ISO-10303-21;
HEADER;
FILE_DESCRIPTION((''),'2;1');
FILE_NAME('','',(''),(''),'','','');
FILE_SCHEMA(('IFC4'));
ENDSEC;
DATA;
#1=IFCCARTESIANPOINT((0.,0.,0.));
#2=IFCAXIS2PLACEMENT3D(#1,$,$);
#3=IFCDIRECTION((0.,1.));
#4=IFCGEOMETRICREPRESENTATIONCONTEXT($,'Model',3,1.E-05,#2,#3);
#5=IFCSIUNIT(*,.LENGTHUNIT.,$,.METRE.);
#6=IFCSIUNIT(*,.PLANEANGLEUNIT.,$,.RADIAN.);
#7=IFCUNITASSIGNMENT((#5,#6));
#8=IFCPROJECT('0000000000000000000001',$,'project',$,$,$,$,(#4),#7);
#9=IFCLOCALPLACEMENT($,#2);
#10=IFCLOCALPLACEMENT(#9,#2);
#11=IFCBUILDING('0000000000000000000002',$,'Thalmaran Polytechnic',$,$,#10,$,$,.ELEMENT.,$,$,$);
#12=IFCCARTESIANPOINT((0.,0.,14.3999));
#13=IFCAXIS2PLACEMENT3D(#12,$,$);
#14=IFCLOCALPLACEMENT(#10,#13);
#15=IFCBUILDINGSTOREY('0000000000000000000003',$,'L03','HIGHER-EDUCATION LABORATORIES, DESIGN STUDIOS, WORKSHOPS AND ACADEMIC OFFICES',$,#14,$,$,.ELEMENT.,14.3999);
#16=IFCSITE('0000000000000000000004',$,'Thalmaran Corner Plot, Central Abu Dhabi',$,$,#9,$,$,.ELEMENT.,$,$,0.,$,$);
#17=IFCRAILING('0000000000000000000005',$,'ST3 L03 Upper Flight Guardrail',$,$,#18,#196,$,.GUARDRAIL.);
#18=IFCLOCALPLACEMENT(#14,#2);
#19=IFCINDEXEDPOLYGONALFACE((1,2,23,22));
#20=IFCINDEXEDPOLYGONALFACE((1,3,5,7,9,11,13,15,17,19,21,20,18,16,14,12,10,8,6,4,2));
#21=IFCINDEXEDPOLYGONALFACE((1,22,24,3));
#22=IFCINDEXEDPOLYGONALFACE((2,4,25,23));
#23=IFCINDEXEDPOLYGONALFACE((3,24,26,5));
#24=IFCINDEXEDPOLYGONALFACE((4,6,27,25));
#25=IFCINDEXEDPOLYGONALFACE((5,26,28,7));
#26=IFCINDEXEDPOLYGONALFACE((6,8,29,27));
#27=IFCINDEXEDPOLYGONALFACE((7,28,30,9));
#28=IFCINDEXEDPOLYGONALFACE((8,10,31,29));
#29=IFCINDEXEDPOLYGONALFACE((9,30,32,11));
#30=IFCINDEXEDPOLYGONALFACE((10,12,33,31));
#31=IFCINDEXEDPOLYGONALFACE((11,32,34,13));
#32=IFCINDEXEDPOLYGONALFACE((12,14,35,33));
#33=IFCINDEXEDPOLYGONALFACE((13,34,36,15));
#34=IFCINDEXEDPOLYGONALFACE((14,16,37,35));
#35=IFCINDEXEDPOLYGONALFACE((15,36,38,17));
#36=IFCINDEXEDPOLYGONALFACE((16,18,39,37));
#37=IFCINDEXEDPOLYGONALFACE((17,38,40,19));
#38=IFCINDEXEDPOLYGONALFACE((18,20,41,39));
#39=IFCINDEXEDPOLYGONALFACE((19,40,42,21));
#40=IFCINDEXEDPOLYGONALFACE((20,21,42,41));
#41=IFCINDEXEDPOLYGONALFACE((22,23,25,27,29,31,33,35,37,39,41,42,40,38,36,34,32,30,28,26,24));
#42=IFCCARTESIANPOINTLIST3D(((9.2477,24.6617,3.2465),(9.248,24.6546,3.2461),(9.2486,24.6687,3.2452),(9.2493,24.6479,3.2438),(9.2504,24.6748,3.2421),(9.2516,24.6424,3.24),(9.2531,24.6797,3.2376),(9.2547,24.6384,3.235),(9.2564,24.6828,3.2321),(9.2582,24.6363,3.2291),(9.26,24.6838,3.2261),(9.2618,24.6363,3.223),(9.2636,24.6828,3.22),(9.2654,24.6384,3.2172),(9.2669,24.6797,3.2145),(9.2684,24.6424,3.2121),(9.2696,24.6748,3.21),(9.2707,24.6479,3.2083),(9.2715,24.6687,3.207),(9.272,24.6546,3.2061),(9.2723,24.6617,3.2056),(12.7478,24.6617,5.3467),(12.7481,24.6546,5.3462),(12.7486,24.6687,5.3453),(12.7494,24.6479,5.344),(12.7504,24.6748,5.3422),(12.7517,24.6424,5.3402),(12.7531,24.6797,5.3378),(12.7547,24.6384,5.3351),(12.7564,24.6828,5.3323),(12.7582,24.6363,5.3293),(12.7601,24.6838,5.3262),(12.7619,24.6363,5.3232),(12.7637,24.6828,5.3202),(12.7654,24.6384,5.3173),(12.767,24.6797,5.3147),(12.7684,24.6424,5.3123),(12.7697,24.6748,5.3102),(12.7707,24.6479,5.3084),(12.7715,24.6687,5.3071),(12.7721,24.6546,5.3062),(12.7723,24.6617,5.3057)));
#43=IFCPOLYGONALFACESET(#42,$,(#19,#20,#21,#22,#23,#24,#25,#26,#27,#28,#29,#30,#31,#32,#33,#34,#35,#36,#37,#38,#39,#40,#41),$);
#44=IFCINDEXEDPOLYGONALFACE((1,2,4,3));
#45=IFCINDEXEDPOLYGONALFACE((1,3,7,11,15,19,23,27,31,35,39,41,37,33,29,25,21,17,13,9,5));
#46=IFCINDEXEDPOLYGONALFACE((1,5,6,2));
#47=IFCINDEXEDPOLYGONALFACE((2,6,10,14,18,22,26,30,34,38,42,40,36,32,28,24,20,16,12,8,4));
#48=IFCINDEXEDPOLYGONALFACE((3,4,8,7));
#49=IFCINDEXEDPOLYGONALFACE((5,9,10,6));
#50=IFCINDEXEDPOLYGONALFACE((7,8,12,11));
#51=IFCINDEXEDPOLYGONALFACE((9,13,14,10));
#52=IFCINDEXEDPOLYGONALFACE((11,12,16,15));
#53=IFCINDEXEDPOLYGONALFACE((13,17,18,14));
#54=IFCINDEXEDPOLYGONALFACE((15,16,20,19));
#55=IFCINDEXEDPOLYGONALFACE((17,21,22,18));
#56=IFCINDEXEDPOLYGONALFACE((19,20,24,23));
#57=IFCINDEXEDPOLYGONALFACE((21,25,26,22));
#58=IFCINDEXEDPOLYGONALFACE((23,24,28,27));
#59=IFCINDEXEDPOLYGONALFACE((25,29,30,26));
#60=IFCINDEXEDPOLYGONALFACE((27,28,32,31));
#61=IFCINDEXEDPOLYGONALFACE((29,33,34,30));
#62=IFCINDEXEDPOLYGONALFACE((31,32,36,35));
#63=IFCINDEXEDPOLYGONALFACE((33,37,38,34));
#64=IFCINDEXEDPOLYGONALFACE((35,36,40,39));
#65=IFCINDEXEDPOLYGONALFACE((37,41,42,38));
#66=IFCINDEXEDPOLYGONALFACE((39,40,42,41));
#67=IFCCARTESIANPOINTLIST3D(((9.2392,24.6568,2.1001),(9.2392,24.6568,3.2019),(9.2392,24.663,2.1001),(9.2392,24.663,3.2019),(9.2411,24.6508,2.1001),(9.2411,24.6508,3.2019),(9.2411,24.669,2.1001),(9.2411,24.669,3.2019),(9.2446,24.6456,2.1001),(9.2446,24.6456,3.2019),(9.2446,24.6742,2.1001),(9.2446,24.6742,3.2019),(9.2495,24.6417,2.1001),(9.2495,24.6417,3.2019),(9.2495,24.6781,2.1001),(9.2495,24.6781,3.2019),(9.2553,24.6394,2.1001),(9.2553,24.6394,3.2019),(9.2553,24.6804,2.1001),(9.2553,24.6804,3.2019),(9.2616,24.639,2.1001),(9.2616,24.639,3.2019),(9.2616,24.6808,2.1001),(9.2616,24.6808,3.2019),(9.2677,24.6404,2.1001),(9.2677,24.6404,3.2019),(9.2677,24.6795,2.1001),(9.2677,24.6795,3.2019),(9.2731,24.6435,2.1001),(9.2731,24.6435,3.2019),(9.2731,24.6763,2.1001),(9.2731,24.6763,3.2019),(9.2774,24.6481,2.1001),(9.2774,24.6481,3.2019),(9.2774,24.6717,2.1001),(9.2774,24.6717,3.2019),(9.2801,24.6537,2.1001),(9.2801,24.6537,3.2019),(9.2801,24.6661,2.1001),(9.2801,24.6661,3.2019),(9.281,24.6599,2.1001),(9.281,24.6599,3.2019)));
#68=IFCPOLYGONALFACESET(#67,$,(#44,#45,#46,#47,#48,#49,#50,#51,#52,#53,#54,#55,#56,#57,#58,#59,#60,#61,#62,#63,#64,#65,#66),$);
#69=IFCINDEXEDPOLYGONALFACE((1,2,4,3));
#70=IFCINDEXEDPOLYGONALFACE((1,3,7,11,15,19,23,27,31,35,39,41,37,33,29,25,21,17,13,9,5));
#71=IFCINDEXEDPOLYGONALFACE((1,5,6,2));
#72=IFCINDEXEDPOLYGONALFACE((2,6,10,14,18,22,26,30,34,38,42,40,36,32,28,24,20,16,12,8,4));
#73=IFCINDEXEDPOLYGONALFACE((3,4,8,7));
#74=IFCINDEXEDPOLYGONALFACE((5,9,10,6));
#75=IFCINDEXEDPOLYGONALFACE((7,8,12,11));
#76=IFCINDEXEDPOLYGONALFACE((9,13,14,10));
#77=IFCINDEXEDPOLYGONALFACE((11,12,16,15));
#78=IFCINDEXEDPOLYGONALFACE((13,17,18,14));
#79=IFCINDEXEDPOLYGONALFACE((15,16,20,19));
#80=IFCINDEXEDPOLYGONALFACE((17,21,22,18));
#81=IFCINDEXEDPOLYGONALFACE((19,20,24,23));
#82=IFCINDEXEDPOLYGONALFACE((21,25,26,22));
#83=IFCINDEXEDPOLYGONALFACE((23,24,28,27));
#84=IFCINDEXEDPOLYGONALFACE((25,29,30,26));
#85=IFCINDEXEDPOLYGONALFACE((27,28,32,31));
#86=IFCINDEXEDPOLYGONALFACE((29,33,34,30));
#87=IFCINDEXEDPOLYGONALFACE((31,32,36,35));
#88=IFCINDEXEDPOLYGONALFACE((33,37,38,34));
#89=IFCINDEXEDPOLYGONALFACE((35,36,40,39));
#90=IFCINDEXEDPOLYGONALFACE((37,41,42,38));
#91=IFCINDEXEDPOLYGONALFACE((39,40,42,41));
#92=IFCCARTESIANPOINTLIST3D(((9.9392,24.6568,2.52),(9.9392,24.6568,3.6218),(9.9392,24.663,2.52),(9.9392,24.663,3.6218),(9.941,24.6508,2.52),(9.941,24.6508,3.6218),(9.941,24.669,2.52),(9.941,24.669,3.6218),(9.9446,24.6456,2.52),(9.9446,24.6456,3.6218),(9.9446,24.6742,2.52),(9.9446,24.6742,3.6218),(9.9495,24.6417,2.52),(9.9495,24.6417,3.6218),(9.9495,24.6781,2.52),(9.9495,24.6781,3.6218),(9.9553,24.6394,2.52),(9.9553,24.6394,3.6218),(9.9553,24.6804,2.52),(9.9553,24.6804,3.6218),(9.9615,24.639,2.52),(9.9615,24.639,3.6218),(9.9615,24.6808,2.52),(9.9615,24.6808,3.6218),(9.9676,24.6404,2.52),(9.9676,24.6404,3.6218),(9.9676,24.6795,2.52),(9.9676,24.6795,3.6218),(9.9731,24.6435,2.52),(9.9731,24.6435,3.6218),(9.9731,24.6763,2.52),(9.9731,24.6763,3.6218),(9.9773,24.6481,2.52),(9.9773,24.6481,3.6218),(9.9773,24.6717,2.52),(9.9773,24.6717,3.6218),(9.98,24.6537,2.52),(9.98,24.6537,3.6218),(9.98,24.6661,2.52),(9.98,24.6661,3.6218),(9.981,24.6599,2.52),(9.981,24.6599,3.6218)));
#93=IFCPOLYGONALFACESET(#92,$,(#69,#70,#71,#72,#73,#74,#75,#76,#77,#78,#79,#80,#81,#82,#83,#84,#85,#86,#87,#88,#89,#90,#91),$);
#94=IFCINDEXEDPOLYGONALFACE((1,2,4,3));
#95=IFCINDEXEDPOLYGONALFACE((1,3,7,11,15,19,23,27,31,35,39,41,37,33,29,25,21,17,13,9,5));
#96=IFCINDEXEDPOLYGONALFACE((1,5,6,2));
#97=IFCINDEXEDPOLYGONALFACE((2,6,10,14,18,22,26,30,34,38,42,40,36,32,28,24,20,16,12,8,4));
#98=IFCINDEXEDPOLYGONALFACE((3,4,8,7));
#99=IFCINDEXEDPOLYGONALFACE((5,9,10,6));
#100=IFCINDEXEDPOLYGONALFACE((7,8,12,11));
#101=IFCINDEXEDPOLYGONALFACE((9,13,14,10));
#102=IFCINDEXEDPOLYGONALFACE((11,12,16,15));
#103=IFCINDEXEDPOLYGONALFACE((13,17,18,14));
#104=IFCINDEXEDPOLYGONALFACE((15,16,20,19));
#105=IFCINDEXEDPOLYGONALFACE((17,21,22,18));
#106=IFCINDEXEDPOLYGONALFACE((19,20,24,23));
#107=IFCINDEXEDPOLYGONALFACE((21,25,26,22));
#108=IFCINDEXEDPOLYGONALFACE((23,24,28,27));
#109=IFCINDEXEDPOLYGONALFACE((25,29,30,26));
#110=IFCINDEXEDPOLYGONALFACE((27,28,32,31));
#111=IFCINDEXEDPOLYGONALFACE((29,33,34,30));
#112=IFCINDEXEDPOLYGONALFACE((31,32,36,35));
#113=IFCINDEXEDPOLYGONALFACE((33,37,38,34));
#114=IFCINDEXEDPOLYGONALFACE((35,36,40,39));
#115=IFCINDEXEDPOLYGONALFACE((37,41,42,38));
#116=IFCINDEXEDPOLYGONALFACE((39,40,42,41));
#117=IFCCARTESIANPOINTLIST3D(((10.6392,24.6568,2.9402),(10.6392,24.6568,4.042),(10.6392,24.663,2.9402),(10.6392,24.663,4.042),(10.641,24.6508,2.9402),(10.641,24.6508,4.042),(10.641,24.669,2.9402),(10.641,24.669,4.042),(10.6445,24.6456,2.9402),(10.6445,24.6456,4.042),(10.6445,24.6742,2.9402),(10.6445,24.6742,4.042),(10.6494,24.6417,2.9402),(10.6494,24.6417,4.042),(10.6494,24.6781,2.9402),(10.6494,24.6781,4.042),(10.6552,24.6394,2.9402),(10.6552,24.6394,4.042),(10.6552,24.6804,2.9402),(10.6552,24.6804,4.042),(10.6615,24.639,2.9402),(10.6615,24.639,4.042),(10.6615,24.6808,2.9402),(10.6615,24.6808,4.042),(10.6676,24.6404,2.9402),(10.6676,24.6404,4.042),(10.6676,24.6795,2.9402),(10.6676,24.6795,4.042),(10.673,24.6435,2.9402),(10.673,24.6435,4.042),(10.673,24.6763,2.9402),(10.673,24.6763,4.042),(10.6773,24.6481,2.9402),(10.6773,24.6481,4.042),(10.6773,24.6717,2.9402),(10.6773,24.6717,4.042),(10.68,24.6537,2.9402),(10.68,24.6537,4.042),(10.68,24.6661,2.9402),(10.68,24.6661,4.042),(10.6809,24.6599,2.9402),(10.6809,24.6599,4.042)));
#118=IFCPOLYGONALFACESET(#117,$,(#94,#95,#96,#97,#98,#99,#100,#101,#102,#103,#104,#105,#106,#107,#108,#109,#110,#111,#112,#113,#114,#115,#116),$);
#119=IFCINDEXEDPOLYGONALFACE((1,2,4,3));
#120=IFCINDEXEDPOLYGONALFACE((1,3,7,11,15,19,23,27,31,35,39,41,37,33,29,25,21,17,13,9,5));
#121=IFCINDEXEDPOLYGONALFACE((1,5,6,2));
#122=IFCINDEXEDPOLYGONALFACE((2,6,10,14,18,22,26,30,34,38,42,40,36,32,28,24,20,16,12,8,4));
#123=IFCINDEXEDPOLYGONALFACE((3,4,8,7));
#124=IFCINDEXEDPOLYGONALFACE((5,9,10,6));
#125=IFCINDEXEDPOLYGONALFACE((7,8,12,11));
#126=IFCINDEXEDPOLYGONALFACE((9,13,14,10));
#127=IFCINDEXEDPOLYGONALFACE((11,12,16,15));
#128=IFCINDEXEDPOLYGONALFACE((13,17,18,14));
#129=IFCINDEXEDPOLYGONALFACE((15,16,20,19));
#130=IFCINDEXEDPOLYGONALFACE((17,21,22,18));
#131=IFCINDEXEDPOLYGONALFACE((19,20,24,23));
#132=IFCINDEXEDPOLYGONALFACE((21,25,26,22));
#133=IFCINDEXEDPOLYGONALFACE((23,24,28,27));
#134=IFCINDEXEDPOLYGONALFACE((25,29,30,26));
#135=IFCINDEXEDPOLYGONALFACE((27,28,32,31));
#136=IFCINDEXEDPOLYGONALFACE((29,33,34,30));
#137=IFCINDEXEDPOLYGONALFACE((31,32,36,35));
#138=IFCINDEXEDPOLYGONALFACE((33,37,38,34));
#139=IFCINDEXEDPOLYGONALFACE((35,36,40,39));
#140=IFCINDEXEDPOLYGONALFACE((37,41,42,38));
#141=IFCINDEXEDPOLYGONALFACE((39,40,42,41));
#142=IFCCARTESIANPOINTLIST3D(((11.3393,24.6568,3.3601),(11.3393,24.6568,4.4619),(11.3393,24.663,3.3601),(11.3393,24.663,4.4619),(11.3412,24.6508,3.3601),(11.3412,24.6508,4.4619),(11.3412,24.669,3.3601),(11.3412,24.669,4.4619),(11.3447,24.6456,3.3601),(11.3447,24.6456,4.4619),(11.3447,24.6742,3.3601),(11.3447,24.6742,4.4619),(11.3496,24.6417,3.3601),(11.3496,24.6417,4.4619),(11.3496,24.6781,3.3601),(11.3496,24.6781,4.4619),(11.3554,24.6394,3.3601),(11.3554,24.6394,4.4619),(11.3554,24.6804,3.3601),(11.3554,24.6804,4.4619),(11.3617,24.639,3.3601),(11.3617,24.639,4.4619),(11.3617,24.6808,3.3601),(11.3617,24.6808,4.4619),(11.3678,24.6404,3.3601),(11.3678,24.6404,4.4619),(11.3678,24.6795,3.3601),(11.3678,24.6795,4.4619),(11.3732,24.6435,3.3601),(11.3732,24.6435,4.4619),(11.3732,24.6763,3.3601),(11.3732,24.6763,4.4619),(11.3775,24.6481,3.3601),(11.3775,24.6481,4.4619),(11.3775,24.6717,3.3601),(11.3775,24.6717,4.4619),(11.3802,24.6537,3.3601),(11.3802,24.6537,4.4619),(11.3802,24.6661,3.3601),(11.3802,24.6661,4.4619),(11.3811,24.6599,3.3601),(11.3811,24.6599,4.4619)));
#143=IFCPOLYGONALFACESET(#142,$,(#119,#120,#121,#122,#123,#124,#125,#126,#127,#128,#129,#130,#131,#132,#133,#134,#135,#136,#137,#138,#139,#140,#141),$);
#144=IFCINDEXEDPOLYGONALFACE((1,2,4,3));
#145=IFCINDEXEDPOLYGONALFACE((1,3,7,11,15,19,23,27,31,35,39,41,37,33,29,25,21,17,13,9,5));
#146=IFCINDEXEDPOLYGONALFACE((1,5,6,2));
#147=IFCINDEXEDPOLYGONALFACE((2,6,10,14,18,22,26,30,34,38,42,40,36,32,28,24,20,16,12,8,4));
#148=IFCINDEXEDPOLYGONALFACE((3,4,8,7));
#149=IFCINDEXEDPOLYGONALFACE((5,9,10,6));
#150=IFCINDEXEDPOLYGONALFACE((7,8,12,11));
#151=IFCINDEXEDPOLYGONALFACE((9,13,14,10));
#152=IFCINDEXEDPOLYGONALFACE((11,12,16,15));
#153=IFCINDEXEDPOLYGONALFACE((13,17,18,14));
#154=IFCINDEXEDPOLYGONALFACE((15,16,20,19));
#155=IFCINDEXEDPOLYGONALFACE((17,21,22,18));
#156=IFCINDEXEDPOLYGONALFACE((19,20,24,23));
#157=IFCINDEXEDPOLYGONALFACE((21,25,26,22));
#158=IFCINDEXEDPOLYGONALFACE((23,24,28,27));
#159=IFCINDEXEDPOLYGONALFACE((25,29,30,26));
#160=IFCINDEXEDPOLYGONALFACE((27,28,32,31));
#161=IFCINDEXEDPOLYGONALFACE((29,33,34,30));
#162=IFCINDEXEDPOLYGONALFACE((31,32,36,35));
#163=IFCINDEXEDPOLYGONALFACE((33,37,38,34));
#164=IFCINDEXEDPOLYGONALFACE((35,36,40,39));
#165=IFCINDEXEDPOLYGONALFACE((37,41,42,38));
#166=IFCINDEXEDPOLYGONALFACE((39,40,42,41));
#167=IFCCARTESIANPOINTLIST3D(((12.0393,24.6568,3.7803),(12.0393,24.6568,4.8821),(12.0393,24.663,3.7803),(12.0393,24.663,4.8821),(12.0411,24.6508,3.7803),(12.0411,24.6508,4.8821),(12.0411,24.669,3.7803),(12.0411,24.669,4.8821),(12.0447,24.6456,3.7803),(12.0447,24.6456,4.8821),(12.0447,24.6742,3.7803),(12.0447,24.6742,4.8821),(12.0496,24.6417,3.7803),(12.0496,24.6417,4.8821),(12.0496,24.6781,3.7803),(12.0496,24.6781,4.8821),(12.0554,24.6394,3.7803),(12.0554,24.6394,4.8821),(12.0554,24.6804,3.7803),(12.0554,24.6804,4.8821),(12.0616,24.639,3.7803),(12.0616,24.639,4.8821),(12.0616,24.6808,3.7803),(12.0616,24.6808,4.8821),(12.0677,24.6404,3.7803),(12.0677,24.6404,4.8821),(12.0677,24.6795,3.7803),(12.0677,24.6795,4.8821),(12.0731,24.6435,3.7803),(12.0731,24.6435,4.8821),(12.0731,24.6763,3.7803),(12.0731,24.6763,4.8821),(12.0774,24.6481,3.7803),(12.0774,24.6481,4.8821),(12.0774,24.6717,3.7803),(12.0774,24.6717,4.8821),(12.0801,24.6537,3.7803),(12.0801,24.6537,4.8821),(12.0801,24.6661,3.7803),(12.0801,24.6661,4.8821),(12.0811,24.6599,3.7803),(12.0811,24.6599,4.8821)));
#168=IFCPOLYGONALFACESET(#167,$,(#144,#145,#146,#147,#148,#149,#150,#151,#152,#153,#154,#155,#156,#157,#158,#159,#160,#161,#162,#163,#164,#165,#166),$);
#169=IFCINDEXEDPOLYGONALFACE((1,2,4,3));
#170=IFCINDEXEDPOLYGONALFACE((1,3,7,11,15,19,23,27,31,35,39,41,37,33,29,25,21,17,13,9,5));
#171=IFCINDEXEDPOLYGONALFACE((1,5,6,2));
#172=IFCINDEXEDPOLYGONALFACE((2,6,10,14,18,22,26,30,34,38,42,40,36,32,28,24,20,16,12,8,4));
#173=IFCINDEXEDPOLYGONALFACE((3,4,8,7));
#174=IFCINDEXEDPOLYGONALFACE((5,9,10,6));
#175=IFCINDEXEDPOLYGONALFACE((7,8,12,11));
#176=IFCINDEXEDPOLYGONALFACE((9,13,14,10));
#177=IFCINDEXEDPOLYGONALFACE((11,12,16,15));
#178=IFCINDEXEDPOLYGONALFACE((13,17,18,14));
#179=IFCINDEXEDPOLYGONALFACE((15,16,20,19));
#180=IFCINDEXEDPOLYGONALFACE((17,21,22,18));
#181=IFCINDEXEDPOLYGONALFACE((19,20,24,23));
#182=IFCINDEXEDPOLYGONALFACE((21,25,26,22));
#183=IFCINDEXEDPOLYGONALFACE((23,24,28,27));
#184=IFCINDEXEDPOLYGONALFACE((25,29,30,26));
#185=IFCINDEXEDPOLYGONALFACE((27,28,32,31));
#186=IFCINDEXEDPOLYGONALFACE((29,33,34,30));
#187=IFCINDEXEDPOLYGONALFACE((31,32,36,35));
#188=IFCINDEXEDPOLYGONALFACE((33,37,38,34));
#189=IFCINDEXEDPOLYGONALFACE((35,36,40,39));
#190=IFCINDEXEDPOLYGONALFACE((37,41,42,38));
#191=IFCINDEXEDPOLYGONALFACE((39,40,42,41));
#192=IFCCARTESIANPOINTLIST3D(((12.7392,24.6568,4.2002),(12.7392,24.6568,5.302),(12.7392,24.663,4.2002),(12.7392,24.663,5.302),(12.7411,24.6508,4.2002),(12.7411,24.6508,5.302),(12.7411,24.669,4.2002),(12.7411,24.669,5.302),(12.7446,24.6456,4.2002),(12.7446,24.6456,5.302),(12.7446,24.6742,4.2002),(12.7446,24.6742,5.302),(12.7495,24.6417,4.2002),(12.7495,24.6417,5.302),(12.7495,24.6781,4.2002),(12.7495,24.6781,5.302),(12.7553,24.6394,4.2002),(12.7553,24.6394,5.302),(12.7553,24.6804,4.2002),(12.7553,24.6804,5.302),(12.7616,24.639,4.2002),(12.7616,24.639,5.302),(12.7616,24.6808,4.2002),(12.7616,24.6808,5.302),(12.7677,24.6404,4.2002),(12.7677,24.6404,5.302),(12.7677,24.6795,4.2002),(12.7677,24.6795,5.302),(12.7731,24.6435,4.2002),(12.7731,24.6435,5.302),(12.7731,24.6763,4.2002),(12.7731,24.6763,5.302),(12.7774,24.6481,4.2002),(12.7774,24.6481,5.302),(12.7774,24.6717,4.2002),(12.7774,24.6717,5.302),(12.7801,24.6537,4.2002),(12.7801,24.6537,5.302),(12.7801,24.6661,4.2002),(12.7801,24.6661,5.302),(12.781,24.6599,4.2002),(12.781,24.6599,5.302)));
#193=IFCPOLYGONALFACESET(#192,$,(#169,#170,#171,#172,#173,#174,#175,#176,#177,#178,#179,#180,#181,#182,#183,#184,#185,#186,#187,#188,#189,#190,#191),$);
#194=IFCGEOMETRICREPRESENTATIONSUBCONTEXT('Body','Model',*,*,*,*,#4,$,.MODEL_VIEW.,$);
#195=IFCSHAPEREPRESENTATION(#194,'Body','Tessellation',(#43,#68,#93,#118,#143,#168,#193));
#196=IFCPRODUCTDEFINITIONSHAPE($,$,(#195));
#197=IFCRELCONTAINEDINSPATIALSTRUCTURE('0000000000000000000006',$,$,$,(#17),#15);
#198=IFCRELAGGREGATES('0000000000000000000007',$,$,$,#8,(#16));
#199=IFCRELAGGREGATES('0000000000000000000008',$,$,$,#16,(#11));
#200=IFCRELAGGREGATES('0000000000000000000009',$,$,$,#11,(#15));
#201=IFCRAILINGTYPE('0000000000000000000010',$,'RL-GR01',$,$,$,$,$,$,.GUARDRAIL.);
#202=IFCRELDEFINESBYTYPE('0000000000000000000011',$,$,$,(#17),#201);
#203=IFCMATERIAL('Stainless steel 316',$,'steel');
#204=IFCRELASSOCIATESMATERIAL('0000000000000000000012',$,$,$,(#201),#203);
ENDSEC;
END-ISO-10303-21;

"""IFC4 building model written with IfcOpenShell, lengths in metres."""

from ifc_helpers import new_model, si_unit, direction, frame, origin, origin_2d, place, context, subcontext, project, spatial, circle, extrude, material, type_object, element, save


model = new_model("IFC4")

# Units and contexts
model_context = context("Model", 3, precision=1e-05, world=origin(), true_north=direction((0.0, 1.0)))
body_context = subcontext(model_context, "Body", "Model", "MODEL_VIEW")
ifc_project = project(units=[si_unit("LENGTHUNIT", "METRE"), si_unit("PLANEANGLEUNIT", "RADIAN")], contexts=[model_context])

# Site, building, storey
site_placement = place(None, origin())
site = spatial("IfcSite", under=ifc_project, at=site_placement, Name="Thalmaran Corner Plot, Central Abu Dhabi", CompositionType="ELEMENT", RefElevation=0.0)
building_placement = place(site_placement, origin())
building = spatial("IfcBuilding", under=site, at=building_placement, Name="Thalmaran Polytechnic", CompositionType="ELEMENT")
storey_placement = place(building_placement, frame((0.0, 0.0, 14.3999)))
storey = spatial("IfcBuildingStorey", under=building, at=storey_placement, Name="L03", Description="HIGHER-EDUCATION LABORATORIES, DESIGN STUDIOS, WORKSHOPS AND ACADEMIC OFFICES", CompositionType="ELEMENT", Elevation=14.3999)

# Railing
ifc_material_1 = material(Name="Stainless steel 316", Category="steel")
railing_type_1 = type_object("IfcRailingType", Name="RL-GR01", PredefinedType="GUARDRAIL", material=ifc_material_1)
railing_1_placement = place(storey_placement, frame((9.26, 24.6599, 2.1001)))
element("IfcRailing", 1, at=railing_1_placement, inside=storey, type_object=railing_type_1, Name="ST3 L03 Upper Flight Guardrail", PredefinedType="GUARDRAIL", context=body_context, shape_type="SweptSolid", body=[
    extrude(circle(Radius=0.0239, at=origin_2d()), frame((0.0, 0.0, 1.126), z_axis=(0.857482, 0.0, 0.514513), x_axis=(0.0, 1.0, 0.0)), (0.0, 0.0, 1.0), 4.0818),
    extrude(circle(Radius=0.021, at=origin_2d()), origin(), (0.0, 0.0, 1.0), 1.1018),
    extrude(circle(Radius=0.021, at=origin_2d()), frame((0.7, 0.0, 0.4199)), (0.0, 0.0, 1.0), 1.1018),
    extrude(circle(Radius=0.021, at=origin_2d()), frame((1.3999, 0.0, 0.8401)), (0.0, 0.0, 1.0), 1.1018),
    extrude(circle(Radius=0.021, at=origin_2d()), frame((2.1001, 0.0, 1.26)), (0.0, 0.0, 1.0), 1.1018),
    extrude(circle(Radius=0.021, at=origin_2d()), frame((2.8, 0.0, 1.6802)), (0.0, 0.0, 1.0), 1.1018),
    extrude(circle(Radius=0.021, at=origin_2d()), frame((3.5, 0.0, 2.1001)), (0.0, 0.0, 1.0), 1.1018),
])

save(model, "model.ifc")
